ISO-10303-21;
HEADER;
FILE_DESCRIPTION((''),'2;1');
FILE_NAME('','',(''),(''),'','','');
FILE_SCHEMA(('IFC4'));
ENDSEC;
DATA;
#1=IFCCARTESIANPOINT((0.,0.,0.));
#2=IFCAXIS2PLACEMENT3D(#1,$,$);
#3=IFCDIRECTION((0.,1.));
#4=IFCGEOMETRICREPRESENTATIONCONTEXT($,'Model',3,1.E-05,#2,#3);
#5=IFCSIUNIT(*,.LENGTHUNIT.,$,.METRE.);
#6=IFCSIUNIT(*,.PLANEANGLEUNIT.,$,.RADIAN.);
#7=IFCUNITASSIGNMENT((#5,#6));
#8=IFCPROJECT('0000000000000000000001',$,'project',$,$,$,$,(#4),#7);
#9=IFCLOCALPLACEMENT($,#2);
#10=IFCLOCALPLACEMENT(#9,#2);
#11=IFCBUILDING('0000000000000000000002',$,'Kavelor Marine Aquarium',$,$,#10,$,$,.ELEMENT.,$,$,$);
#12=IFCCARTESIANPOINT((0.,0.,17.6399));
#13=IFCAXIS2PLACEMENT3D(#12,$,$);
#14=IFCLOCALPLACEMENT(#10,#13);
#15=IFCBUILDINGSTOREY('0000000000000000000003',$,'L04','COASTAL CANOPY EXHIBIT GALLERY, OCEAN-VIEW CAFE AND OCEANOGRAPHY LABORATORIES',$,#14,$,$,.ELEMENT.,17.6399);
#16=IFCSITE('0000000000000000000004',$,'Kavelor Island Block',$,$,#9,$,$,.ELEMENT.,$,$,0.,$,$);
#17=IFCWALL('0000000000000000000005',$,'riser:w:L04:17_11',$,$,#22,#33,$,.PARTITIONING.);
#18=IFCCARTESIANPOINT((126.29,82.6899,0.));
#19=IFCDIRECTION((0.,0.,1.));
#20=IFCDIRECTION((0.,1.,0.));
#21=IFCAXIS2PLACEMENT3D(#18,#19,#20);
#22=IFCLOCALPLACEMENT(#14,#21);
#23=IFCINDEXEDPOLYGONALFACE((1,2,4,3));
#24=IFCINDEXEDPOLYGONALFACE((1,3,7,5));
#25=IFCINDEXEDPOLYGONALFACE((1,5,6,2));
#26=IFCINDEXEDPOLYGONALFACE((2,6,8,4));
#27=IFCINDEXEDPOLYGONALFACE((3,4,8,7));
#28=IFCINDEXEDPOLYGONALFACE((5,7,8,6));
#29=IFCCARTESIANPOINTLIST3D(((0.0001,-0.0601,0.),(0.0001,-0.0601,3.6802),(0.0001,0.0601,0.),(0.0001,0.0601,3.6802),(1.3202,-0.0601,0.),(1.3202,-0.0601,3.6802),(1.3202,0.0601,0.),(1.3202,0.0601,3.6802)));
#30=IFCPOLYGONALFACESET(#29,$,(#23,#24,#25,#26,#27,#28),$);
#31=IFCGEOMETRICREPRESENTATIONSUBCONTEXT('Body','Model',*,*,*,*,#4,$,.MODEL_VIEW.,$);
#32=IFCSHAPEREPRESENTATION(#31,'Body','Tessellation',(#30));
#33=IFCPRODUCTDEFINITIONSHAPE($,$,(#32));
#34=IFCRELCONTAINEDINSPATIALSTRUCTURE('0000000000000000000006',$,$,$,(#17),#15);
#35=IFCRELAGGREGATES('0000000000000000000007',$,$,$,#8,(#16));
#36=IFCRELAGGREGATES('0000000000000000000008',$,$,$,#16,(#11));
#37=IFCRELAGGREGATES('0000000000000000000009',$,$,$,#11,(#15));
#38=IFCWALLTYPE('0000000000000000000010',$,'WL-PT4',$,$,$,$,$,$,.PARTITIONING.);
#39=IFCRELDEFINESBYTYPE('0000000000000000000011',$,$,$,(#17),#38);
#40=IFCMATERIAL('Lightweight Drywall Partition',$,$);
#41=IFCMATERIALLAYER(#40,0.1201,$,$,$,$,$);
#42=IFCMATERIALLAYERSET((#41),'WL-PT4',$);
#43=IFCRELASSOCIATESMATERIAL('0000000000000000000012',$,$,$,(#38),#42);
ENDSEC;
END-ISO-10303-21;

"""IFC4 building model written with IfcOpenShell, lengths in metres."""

from ifc_helpers import new_model, si_unit, direction, frame, frame_2d, origin, place, context, subcontext, project, spatial, rectangle, extrude, material, layer, layer_set, type_object, element, save


model = new_model("IFC4")

# Units and contexts
model_context = context("Model", 3, precision=1e-05, world=origin(), true_north=direction((0.0, 1.0)))
body_context = subcontext(model_context, "Body", "Model", "MODEL_VIEW")
ifc_project = project(units=[si_unit("LENGTHUNIT", "METRE"), si_unit("PLANEANGLEUNIT", "RADIAN")], contexts=[model_context])

# Site, building, storey
site_placement = place(None, origin())
site = spatial("IfcSite", under=ifc_project, at=site_placement, Name="Kavelor Island Block", CompositionType="ELEMENT", RefElevation=0.0)
building_placement = place(site_placement, origin())
building = spatial("IfcBuilding", under=site, at=building_placement, Name="Kavelor Marine Aquarium", CompositionType="ELEMENT")
storey_placement = place(building_placement, frame((0.0, 0.0, 17.6399)))
storey = spatial("IfcBuildingStorey", under=building, at=storey_placement, Name="L04", Description="COASTAL CANOPY EXHIBIT GALLERY, OCEAN-VIEW CAFE AND OCEANOGRAPHY LABORATORIES", CompositionType="ELEMENT", Elevation=17.6399)

# Wall
ifc_material_1 = material(Name="Lightweight Drywall Partition")
ifc_layer_1 = layer(ifc_material_1, 0.1201)
ifc_layer_set_1 = layer_set([ifc_layer_1], Name="WL-PT4")
wall_type_1 = type_object("IfcWallType", Name="WL-PT4", PredefinedType="PARTITIONING", material=ifc_layer_set_1)
wall_1_placement = place(storey_placement, frame((126.29, 82.6899, 0.0), z_axis=(0.0, 0.0, 1.0), x_axis=(0.0, 1.0, 0.0)))
element("IfcWall", 1, at=wall_1_placement, inside=storey, type_object=wall_type_1, Name="riser:w:L04:17_11", PredefinedType="PARTITIONING", context=body_context, shape_type="SweptSolid", body=[
    extrude(rectangle(XDim=1.3201, YDim=0.1201, at=frame_2d((0.6602, 0.0))), origin(), (0.0, 0.0, 1.0), 3.6802),
])

save(model, "model.ifc")
